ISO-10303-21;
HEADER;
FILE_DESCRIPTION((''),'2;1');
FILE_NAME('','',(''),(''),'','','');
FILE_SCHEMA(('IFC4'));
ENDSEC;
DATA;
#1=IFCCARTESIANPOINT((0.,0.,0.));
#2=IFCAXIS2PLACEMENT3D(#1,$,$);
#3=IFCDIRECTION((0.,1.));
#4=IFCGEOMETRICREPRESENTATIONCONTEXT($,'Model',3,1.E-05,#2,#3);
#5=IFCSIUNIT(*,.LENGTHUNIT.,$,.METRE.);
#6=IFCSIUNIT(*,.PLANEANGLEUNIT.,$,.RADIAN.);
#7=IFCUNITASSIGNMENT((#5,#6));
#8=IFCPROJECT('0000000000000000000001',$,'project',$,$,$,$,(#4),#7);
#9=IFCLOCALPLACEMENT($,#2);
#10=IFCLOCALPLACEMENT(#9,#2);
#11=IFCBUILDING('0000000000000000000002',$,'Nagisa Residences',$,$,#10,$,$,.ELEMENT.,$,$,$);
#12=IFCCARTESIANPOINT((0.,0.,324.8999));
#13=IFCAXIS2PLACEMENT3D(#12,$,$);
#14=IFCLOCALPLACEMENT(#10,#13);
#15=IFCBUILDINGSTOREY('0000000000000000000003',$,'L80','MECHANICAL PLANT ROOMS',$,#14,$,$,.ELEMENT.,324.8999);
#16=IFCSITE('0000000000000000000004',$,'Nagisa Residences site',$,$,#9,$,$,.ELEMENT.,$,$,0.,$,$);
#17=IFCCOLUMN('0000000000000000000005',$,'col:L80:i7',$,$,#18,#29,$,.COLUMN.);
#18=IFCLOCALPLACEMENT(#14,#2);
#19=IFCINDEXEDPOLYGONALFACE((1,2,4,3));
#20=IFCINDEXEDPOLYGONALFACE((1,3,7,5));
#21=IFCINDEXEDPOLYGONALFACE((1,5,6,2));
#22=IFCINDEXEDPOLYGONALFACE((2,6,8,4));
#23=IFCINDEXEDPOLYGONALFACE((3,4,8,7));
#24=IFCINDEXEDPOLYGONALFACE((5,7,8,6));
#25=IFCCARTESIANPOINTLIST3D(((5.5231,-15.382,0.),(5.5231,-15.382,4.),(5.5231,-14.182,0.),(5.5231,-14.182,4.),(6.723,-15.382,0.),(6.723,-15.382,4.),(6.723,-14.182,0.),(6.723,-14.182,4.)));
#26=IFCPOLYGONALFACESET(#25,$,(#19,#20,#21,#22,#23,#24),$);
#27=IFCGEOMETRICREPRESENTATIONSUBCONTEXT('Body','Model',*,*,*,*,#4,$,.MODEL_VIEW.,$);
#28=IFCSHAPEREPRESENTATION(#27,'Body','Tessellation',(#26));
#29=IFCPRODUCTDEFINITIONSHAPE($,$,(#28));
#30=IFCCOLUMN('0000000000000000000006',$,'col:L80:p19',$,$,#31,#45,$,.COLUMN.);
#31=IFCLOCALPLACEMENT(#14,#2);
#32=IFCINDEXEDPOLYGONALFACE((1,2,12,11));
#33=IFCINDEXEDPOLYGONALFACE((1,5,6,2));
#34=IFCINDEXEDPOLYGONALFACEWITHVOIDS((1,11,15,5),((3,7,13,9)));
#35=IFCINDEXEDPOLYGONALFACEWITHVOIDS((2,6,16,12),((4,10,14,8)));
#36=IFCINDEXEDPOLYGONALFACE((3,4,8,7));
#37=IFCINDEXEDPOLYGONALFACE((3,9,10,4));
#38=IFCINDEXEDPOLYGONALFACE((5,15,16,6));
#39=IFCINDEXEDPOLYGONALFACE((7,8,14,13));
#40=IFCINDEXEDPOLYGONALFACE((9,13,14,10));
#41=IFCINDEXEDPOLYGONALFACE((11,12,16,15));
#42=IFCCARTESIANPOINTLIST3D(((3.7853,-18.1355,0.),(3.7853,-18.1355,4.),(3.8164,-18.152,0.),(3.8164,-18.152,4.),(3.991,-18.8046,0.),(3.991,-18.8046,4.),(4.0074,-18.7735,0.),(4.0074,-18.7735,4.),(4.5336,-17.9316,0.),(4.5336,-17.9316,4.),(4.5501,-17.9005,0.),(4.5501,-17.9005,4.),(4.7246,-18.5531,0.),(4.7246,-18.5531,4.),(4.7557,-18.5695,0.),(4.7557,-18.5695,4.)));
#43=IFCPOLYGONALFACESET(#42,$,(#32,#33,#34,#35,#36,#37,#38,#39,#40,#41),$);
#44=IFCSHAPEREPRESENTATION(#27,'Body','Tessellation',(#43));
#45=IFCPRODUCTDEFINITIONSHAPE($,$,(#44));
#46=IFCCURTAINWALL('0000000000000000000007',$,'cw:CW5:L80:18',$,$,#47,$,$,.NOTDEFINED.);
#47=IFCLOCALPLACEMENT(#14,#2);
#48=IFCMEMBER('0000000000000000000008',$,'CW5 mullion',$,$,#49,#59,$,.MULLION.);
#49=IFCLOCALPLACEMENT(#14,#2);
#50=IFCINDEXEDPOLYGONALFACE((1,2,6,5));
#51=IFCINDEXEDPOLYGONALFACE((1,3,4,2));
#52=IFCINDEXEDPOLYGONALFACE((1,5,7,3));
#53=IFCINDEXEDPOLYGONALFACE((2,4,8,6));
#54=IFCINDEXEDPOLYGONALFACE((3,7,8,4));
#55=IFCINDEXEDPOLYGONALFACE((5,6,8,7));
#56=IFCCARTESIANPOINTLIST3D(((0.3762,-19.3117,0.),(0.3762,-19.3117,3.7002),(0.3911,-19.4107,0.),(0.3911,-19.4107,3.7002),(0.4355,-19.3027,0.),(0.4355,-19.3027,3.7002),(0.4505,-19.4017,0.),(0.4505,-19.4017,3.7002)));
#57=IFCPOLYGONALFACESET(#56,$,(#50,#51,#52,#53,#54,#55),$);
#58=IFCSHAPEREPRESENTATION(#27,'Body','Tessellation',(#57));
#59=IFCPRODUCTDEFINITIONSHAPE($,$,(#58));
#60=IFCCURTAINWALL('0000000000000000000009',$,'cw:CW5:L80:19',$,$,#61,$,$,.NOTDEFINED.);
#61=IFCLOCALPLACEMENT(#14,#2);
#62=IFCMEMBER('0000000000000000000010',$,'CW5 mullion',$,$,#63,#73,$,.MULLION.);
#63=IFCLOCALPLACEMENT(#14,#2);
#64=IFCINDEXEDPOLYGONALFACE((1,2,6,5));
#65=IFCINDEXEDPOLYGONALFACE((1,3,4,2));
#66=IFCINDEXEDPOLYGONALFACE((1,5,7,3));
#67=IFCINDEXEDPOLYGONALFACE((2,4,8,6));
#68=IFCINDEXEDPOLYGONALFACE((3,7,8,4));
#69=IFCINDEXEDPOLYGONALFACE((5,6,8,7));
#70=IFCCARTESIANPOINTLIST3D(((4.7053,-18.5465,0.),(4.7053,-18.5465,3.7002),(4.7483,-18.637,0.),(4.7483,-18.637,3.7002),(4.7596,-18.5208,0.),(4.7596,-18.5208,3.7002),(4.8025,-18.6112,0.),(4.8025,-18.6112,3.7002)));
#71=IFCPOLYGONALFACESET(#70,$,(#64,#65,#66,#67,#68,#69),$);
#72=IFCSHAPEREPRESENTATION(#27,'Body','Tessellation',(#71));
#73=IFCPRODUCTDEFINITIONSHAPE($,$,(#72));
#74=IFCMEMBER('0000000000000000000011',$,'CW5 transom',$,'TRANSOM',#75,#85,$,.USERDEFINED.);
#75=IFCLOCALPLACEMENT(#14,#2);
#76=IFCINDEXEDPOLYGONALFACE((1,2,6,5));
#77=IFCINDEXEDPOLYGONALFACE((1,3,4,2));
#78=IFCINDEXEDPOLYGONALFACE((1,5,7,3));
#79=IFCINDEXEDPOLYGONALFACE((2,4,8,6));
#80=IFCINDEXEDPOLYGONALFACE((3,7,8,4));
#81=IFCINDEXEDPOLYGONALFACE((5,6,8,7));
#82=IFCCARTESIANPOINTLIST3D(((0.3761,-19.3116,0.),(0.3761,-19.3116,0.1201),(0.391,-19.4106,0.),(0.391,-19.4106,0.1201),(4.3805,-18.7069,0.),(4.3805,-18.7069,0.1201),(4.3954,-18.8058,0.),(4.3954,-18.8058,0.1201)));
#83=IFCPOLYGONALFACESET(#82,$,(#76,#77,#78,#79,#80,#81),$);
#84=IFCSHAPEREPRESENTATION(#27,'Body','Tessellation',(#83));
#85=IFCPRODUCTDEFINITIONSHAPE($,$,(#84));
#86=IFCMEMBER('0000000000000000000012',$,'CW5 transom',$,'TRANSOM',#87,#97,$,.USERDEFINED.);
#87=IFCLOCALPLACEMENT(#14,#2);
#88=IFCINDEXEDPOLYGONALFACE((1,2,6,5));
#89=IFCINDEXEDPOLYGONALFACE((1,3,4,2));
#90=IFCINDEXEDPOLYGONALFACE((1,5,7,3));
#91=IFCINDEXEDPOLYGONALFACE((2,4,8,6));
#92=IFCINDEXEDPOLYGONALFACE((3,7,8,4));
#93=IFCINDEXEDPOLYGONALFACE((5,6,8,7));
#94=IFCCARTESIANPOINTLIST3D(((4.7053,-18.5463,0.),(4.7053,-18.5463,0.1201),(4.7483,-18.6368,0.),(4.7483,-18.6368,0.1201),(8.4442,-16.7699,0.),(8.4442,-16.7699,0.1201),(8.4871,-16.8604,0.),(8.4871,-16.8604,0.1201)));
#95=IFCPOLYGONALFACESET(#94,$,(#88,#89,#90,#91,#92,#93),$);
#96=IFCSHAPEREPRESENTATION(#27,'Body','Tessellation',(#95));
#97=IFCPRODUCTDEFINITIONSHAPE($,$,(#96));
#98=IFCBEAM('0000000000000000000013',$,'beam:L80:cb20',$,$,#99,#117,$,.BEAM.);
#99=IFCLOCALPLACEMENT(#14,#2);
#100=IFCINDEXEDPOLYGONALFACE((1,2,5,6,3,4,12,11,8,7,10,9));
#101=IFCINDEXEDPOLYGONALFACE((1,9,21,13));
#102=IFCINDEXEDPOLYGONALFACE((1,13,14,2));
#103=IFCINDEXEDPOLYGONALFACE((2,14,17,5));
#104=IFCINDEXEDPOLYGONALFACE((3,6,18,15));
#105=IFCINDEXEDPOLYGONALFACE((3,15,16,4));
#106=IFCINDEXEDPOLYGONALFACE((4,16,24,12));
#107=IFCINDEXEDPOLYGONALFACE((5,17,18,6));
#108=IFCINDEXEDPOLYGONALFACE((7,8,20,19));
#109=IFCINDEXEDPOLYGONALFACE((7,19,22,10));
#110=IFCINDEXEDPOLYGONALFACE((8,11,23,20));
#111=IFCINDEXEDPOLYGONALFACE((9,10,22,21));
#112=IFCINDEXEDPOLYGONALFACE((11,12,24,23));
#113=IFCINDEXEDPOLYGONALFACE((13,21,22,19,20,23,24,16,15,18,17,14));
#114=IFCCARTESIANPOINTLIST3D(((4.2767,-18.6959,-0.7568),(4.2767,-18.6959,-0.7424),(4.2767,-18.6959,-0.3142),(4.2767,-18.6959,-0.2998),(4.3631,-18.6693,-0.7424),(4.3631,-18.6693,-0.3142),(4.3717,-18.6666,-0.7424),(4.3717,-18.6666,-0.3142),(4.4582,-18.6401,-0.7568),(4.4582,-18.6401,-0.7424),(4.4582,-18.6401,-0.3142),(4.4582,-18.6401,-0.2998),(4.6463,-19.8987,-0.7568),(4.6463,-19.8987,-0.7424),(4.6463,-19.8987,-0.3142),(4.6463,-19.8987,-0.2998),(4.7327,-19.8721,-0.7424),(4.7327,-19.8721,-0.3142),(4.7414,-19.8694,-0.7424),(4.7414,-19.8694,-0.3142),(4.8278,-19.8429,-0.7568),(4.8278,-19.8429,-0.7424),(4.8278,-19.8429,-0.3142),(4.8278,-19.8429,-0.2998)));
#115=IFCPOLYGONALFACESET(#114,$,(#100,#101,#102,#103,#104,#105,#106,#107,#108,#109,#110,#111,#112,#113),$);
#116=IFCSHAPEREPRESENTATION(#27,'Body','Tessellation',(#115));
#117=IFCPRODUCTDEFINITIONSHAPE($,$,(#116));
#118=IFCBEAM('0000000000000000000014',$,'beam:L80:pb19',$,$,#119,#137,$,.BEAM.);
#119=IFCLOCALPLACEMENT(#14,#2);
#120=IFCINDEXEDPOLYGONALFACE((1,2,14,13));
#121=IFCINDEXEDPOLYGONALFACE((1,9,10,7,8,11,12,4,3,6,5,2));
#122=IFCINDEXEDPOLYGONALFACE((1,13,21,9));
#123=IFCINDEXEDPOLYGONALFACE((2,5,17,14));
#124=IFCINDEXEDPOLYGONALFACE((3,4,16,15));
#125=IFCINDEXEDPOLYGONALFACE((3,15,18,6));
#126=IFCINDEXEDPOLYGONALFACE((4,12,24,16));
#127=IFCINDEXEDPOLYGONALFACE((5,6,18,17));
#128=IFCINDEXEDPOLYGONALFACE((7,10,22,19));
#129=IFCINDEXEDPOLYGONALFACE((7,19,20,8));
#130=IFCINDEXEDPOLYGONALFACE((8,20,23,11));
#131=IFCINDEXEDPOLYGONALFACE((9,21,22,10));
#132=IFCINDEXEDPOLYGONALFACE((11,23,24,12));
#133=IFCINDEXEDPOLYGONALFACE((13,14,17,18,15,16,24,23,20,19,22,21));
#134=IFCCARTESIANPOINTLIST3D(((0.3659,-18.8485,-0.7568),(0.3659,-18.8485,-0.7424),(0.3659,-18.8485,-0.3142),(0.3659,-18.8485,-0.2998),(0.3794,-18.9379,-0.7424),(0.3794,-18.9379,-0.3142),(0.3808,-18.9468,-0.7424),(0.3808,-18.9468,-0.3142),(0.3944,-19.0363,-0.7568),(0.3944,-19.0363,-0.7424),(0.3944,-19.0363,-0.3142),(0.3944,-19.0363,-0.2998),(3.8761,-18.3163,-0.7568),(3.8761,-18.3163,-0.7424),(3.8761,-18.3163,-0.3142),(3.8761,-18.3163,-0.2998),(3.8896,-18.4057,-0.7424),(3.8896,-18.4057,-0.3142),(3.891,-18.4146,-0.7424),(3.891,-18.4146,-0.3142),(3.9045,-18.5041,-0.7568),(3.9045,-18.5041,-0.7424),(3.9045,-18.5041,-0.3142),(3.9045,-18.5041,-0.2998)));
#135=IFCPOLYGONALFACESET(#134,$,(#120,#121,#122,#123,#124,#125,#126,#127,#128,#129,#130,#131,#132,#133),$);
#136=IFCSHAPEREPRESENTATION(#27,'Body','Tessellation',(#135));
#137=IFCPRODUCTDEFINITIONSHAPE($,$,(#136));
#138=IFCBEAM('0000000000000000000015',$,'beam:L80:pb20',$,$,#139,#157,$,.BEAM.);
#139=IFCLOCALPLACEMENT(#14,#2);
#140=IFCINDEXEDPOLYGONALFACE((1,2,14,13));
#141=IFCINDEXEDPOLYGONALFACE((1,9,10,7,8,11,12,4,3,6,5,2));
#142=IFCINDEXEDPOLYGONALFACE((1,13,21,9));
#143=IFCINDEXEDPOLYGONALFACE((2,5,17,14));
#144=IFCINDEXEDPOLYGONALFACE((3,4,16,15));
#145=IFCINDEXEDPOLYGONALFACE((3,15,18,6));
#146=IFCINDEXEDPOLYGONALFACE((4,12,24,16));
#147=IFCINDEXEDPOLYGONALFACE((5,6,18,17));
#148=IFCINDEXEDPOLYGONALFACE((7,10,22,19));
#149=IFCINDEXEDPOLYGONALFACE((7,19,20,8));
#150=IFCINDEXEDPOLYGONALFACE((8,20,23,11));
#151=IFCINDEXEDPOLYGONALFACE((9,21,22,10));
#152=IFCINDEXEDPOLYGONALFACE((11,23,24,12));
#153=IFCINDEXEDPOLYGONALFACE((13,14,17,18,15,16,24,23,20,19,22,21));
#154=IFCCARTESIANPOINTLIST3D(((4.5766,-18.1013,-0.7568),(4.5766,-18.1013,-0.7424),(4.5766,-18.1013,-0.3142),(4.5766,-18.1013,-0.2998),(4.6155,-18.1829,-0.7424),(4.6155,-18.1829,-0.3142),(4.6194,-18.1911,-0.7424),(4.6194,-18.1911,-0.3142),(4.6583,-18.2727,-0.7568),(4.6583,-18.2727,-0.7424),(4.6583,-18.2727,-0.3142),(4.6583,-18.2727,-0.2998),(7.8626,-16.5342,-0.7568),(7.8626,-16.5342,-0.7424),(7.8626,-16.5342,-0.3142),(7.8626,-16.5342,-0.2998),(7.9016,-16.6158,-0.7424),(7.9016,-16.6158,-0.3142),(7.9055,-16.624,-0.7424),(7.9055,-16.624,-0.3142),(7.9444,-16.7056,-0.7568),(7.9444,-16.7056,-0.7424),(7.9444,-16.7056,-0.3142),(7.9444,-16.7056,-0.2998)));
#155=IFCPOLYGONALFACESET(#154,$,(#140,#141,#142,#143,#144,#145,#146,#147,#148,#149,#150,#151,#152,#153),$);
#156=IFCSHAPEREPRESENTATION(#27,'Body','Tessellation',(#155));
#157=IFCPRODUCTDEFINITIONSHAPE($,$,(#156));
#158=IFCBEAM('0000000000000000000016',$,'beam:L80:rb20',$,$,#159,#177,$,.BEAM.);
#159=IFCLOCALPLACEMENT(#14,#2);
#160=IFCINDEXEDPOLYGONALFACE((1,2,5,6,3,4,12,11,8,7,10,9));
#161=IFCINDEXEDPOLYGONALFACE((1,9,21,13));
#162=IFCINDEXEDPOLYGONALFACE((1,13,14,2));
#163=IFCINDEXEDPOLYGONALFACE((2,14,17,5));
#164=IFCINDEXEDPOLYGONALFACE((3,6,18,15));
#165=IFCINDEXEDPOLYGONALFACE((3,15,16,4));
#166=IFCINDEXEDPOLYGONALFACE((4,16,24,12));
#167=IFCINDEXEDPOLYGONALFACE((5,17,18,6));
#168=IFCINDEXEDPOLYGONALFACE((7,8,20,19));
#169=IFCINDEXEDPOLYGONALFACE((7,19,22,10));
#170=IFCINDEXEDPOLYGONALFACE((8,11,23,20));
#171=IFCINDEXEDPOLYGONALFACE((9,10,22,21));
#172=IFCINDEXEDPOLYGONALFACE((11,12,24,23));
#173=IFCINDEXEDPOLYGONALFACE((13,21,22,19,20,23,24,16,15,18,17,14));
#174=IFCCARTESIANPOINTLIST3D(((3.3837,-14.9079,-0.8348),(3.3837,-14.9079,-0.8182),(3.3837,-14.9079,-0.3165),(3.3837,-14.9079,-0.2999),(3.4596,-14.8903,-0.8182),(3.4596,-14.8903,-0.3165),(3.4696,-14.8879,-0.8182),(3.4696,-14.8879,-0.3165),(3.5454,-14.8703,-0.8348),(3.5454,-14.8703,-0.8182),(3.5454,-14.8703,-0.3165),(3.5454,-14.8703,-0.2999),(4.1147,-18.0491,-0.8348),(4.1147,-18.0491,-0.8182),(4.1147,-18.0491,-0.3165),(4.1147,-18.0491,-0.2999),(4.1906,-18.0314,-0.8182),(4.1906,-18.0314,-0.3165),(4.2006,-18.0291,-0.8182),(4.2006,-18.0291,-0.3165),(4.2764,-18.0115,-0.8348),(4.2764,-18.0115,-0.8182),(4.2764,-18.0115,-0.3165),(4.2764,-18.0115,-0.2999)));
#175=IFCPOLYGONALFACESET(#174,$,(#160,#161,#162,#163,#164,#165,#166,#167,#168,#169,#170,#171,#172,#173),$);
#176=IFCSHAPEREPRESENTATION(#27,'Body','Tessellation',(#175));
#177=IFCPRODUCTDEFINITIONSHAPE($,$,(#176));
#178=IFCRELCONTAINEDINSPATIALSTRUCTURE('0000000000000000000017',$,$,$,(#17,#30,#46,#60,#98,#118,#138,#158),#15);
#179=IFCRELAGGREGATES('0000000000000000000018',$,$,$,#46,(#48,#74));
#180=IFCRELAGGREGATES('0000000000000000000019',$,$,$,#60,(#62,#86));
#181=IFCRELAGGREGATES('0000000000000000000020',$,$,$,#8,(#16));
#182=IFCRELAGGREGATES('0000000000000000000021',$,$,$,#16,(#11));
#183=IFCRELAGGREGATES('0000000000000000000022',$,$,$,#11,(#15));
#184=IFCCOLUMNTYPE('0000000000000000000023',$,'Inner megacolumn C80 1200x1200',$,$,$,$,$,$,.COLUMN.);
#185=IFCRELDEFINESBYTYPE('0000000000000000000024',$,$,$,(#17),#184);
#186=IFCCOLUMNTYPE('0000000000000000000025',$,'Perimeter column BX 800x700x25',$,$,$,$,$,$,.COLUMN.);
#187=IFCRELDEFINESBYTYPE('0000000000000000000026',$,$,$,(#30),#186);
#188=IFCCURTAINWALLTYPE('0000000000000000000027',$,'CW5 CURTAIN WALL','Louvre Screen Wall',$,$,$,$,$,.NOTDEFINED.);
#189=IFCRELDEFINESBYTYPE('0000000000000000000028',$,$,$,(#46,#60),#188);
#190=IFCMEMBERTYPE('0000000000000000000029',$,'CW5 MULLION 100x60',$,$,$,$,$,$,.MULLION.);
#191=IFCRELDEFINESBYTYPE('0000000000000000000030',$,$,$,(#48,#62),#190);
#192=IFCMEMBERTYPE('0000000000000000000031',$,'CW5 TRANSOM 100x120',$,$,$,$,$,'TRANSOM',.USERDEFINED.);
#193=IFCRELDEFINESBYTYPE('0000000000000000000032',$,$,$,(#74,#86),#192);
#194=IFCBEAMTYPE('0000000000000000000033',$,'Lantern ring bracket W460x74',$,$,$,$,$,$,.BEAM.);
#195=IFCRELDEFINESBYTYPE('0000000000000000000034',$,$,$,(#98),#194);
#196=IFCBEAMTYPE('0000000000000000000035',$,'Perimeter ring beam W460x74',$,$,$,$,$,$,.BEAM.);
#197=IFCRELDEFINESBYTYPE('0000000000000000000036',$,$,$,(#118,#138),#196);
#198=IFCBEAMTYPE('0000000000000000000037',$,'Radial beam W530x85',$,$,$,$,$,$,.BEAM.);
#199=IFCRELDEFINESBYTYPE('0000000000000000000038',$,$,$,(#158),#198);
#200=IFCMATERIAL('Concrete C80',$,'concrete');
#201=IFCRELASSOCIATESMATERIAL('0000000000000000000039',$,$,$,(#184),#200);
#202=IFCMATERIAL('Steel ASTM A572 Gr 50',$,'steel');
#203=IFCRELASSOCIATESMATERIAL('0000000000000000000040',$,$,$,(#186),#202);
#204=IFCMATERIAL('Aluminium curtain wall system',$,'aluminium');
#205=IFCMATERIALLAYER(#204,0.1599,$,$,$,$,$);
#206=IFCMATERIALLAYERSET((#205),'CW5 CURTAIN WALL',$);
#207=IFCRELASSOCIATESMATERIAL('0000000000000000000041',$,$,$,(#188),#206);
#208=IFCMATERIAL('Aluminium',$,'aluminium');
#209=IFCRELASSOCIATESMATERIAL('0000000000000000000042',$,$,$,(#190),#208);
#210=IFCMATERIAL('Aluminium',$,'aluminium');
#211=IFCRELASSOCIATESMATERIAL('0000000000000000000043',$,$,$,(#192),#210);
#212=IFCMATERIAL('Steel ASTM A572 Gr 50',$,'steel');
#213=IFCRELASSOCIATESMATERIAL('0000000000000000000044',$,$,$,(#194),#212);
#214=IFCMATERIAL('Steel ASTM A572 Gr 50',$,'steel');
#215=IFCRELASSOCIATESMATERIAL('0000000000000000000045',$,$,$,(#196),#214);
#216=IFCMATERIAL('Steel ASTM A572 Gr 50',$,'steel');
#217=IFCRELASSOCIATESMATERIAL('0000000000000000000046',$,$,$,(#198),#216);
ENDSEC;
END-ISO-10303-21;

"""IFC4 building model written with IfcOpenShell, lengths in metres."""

from ifc_helpers import new_model, si_unit, direction, frame, origin, origin_2d, place, context, subcontext, project, spatial, rectangle, hollow_rectangle, i_section, extrude, material, layer, layer_set, material_profile, profile_set, type_object, element, aggregate, save


model = new_model("IFC4")

# Units and contexts
model_context = context("Model", 3, precision=1e-05, world=origin(), true_north=direction((0.0, 1.0)))
body_context = subcontext(model_context, "Body", "Model", "MODEL_VIEW")
ifc_project = project(units=[si_unit("LENGTHUNIT", "METRE"), si_unit("PLANEANGLEUNIT", "RADIAN")], contexts=[model_context])

# Site, building, storey
site_placement = place(None, origin())
site = spatial("IfcSite", under=ifc_project, at=site_placement, Name="Nagisa Residences site", CompositionType="ELEMENT", RefElevation=0.0)
building_placement = place(site_placement, origin())
building = spatial("IfcBuilding", under=site, at=building_placement, Name="Nagisa Residences", CompositionType="ELEMENT")
storey_placement = place(building_placement, frame((0.0, 0.0, 324.8999)))
storey = spatial("IfcBuildingStorey", under=building, at=storey_placement, Name="L80", Description="MECHANICAL PLANT ROOMS", CompositionType="ELEMENT", Elevation=324.8999)

# Columns
ifc_material_1 = material(Name="Concrete C80", Category="concrete")
ifc_material_profile_1 = material_profile(ifc_material_1, rectangle(XDim=1.2, YDim=1.2, at=origin_2d()), Name="C80 1200x1200")
ifc_profile_set_1 = profile_set([ifc_material_profile_1], Name="Concrete C80")
column_type_1 = type_object("IfcColumnType", Name="Inner megacolumn C80 1200x1200", PredefinedType="COLUMN", material=ifc_profile_set_1)
column_1_placement = place(storey_placement, frame((6.123, -14.782, 0.0), z_axis=(0.0, 0.0, 1.0), x_axis=(1.0, 0.0, 0.0)))
element("IfcColumn", 1, at=column_1_placement, inside=storey, type_object=column_type_1, Name="col:L80:i7", PredefinedType="COLUMN", context=body_context, shape_type="SweptSolid", body=[
    extrude(rectangle(XDim=1.2, YDim=1.2, at=origin_2d()), origin(), (0.0, 0.0, 1.0), 4.0),
])
ifc_material_2 = material(Name="Steel ASTM A572 Gr 50", Category="steel")
ifc_material_profile_2 = material_profile(ifc_material_2, hollow_rectangle(XDim=0.8, YDim=0.7, WallThickness=0.0249, at=origin_2d()), Name="BX 800x700x25")
ifc_profile_set_2 = profile_set([ifc_material_profile_2], Name="Steel ASTM A572 Gr 50")
column_type_2 = type_object("IfcColumnType", Name="Perimeter column BX 800x700x25", PredefinedType="COLUMN", material=ifc_profile_set_2)
column_2_placement = place(storey_placement, frame((4.2705, -18.3525, 0.0), z_axis=(0.0, 0.0, 1.0), x_axis=(0.95587, 0.29379, 0.0)))
element("IfcColumn", 2, at=column_2_placement, inside=storey, type_object=column_type_2, Name="col:L80:p19", PredefinedType="COLUMN", context=body_context, shape_type="SweptSolid", body=[
    extrude(hollow_rectangle(XDim=0.8, YDim=0.7, WallThickness=0.0249, at=origin_2d()), origin(), (0.0, 0.0, 1.0), 4.0),
])

# Curtain walls, members
ifc_material_3 = material(Name="Aluminium curtain wall system", Category="aluminium")
ifc_layer_1 = layer(ifc_material_3, 0.1599)
ifc_layer_set_1 = layer_set([ifc_layer_1], Name="CW5 CURTAIN WALL")
curtain_wall_type = type_object("IfcCurtainWallType", Name="CW5 CURTAIN WALL", Description="Louvre Screen Wall", PredefinedType="NOTDEFINED", material=ifc_layer_set_1)
curtain_wall_1_placement = place(storey_placement, origin())
curtain_wall_1 = element("IfcCurtainWall", 3, at=curtain_wall_1_placement, inside=storey, type_object=curtain_wall_type, Name="cw:CW5:L80:18", PredefinedType="NOTDEFINED")
ifc_material_4 = material(Name="Aluminium", Category="aluminium")
ifc_material_profile_3 = material_profile(ifc_material_4, rectangle(XDim=0.1001, YDim=0.0601, at=origin_2d()), Name="CW5 MULLION 100x60")
ifc_profile_set_3 = profile_set([ifc_material_profile_3], Name="Aluminium")
member_type_1 = type_object("IfcMemberType", Name="CW5 MULLION 100x60", PredefinedType="MULLION", material=ifc_profile_set_3)
member_1_placement = place(storey_placement, frame((0.4133, -19.3567, 0.0), z_axis=(0.0, 0.0, 1.0), x_axis=(-0.14932, 0.988789, 0.0)))
member_1 = element("IfcMember", 4, at=member_1_placement, type_object=member_type_1, Name="CW5 mullion", PredefinedType="MULLION", context=body_context, shape_type="SweptSolid", body=[
    extrude(rectangle(XDim=0.1001, YDim=0.0601, at=origin_2d()), origin(), (0.0, 0.0, 1.0), 3.7002),
])
curtain_wall_2_placement = place(storey_placement, origin())
curtain_wall_2 = element("IfcCurtainWall", 5, at=curtain_wall_2_placement, inside=storey, type_object=curtain_wall_type, Name="cw:CW5:L80:19", PredefinedType="NOTDEFINED")
member_2_placement = place(storey_placement, frame((4.7539, -18.5789, 0.0), z_axis=(0.0, 0.0, 1.0), x_axis=(-0.429151, 0.903233, 0.0)))
member_2 = element("IfcMember", 6, at=member_2_placement, type_object=member_type_1, Name="CW5 mullion", PredefinedType="MULLION", context=body_context, shape_type="SweptSolid", body=[
    extrude(rectangle(XDim=0.1001, YDim=0.0601, at=origin_2d()), origin(), (0.0, 0.0, 1.0), 3.7002),
])

# Members
ifc_material_5 = material(Name="Aluminium", Category="aluminium")
ifc_material_profile_4 = material_profile(ifc_material_5, rectangle(XDim=0.1001, YDim=0.1201, at=origin_2d()), Name="CW5 TRANSOM 100x120")
ifc_profile_set_4 = profile_set([ifc_material_profile_4], Name="Aluminium")
member_type_2 = type_object("IfcMemberType", Name="CW5 TRANSOM 100x120", ElementType="TRANSOM", PredefinedType="USERDEFINED", material=ifc_profile_set_4)
member_3_placement = place(storey_placement, frame((0.3835, -19.3611, 0.0601), z_axis=(0.988788, 0.149325, 0.0), x_axis=(-0.149325, 0.988788, 0.0)))
member_3 = element("IfcMember", 7, at=member_3_placement, type_object=member_type_2, Name="CW5 transom", ObjectType="TRANSOM", PredefinedType="USERDEFINED", context=body_context, shape_type="SweptSolid", body=[
    extrude(rectangle(XDim=0.1001, YDim=0.1201, at=origin_2d()), origin(), (0.0, 0.0, 1.0), 4.0498),
])
member_4_placement = place(storey_placement, frame((4.7268, -18.5916, 0.0601), z_axis=(0.903235, 0.429146, 0.0), x_axis=(-0.429146, 0.903235, 0.0)))
member_4 = element("IfcMember", 8, at=member_4_placement, type_object=member_type_2, Name="CW5 transom", ObjectType="TRANSOM", PredefinedType="USERDEFINED", context=body_context, shape_type="SweptSolid", body=[
    extrude(rectangle(XDim=0.1001, YDim=0.1201, at=origin_2d()), origin(), (0.0, 0.0, 1.0), 4.1394),
])

# Beams
ifc_material_6 = material(Name="Steel ASTM A572 Gr 50", Category="steel")
ifc_material_profile_5 = material_profile(ifc_material_6, i_section(OverallWidth=0.1899, OverallDepth=0.457, WebThickness=0.009, FlangeThickness=0.0144, at=origin_2d()), Name="W460x74")
ifc_profile_set_5 = profile_set([ifc_material_profile_5], Name="Steel ASTM A572 Gr 50")
beam_type_1 = type_object("IfcBeamType", Name="Lantern ring bracket W460x74", PredefinedType="BEAM", material=ifc_profile_set_5)
beam_1_placement = place(storey_placement, frame((4.3674, -18.668, -0.5283), z_axis=(0.293731, -0.955888, 0.0), x_axis=(0.955888, 0.293731, 0.0)))
element("IfcBeam", 9, at=beam_1_placement, inside=storey, type_object=beam_type_1, Name="beam:L80:cb20", PredefinedType="BEAM", context=body_context, shape_type="SweptSolid", body=[
    extrude(i_section(OverallWidth=0.1899, OverallDepth=0.457, WebThickness=0.009, FlangeThickness=0.0144, at=origin_2d()), origin(), (0.0, 0.0, 1.0), 1.2583),
])
ifc_material_7 = material(Name="Steel ASTM A572 Gr 50", Category="steel")
ifc_material_profile_6 = material_profile(ifc_material_7, i_section(OverallWidth=0.1899, OverallDepth=0.457, WebThickness=0.009, FlangeThickness=0.0144, at=origin_2d()), Name="W460x74")
ifc_profile_set_6 = profile_set([ifc_material_profile_6], Name="Steel ASTM A572 Gr 50")
beam_type_2 = type_object("IfcBeamType", Name="Perimeter ring beam W460x74", PredefinedType="BEAM", material=ifc_profile_set_6)
beam_2_placement = place(storey_placement, frame((0.3801, -18.9424, -0.5283), z_axis=(0.9887, 0.149907, 0.0), x_axis=(-0.149907, 0.9887, 0.0)))
element("IfcBeam", 10, at=beam_2_placement, inside=storey, type_object=beam_type_2, Name="beam:L80:pb19", PredefinedType="BEAM", context=body_context, shape_type="SweptSolid", body=[
    extrude(i_section(OverallWidth=0.1899, OverallDepth=0.457, WebThickness=0.009, FlangeThickness=0.0144, at=origin_2d()), origin(), (0.0, 0.0, 1.0), 3.5503),
])
beam_3_placement = place(storey_placement, frame((4.6174, -18.187, -0.5283), z_axis=(0.902614, 0.430452, 0.0), x_axis=(-0.430452, 0.902614, 0.0)))
element("IfcBeam", 11, at=beam_3_placement, inside=storey, type_object=beam_type_2, Name="beam:L80:pb20", PredefinedType="BEAM", context=body_context, shape_type="SweptSolid", body=[
    extrude(i_section(OverallWidth=0.1899, OverallDepth=0.457, WebThickness=0.009, FlangeThickness=0.0144, at=origin_2d()), origin(), (0.0, 0.0, 1.0), 3.6406),
])
ifc_material_8 = material(Name="Steel ASTM A572 Gr 50", Category="steel")
ifc_material_profile_7 = material_profile(ifc_material_8, i_section(OverallWidth=0.166, OverallDepth=0.5349, WebThickness=0.0103, FlangeThickness=0.0166, at=origin_2d()), Name="W530x85")
ifc_profile_set_7 = profile_set([ifc_material_profile_7], Name="Steel ASTM A572 Gr 50")
beam_type_3 = type_object("IfcBeamType", Name="Radial beam W530x85", PredefinedType="BEAM", material=ifc_profile_set_7)
beam_4_placement = place(storey_placement, frame((4.1956, -18.0303, -0.5674), z_axis=(-0.22665, 0.973976, 0.0), x_axis=(-0.973976, -0.22665, 0.0)))
element("IfcBeam", 12, at=beam_4_placement, inside=storey, type_object=beam_type_3, Name="beam:L80:rb20", PredefinedType="BEAM", context=body_context, shape_type="SweptSolid", body=[
    extrude(i_section(OverallWidth=0.166, OverallDepth=0.5349, WebThickness=0.0103, FlangeThickness=0.0166, at=origin_2d()), origin(), (0.0, 0.0, 1.0), 3.2251),
])

aggregate(curtain_wall_1, [member_1, member_3])
aggregate(curtain_wall_2, [member_2, member_4])

save(model, "model.ifc")
